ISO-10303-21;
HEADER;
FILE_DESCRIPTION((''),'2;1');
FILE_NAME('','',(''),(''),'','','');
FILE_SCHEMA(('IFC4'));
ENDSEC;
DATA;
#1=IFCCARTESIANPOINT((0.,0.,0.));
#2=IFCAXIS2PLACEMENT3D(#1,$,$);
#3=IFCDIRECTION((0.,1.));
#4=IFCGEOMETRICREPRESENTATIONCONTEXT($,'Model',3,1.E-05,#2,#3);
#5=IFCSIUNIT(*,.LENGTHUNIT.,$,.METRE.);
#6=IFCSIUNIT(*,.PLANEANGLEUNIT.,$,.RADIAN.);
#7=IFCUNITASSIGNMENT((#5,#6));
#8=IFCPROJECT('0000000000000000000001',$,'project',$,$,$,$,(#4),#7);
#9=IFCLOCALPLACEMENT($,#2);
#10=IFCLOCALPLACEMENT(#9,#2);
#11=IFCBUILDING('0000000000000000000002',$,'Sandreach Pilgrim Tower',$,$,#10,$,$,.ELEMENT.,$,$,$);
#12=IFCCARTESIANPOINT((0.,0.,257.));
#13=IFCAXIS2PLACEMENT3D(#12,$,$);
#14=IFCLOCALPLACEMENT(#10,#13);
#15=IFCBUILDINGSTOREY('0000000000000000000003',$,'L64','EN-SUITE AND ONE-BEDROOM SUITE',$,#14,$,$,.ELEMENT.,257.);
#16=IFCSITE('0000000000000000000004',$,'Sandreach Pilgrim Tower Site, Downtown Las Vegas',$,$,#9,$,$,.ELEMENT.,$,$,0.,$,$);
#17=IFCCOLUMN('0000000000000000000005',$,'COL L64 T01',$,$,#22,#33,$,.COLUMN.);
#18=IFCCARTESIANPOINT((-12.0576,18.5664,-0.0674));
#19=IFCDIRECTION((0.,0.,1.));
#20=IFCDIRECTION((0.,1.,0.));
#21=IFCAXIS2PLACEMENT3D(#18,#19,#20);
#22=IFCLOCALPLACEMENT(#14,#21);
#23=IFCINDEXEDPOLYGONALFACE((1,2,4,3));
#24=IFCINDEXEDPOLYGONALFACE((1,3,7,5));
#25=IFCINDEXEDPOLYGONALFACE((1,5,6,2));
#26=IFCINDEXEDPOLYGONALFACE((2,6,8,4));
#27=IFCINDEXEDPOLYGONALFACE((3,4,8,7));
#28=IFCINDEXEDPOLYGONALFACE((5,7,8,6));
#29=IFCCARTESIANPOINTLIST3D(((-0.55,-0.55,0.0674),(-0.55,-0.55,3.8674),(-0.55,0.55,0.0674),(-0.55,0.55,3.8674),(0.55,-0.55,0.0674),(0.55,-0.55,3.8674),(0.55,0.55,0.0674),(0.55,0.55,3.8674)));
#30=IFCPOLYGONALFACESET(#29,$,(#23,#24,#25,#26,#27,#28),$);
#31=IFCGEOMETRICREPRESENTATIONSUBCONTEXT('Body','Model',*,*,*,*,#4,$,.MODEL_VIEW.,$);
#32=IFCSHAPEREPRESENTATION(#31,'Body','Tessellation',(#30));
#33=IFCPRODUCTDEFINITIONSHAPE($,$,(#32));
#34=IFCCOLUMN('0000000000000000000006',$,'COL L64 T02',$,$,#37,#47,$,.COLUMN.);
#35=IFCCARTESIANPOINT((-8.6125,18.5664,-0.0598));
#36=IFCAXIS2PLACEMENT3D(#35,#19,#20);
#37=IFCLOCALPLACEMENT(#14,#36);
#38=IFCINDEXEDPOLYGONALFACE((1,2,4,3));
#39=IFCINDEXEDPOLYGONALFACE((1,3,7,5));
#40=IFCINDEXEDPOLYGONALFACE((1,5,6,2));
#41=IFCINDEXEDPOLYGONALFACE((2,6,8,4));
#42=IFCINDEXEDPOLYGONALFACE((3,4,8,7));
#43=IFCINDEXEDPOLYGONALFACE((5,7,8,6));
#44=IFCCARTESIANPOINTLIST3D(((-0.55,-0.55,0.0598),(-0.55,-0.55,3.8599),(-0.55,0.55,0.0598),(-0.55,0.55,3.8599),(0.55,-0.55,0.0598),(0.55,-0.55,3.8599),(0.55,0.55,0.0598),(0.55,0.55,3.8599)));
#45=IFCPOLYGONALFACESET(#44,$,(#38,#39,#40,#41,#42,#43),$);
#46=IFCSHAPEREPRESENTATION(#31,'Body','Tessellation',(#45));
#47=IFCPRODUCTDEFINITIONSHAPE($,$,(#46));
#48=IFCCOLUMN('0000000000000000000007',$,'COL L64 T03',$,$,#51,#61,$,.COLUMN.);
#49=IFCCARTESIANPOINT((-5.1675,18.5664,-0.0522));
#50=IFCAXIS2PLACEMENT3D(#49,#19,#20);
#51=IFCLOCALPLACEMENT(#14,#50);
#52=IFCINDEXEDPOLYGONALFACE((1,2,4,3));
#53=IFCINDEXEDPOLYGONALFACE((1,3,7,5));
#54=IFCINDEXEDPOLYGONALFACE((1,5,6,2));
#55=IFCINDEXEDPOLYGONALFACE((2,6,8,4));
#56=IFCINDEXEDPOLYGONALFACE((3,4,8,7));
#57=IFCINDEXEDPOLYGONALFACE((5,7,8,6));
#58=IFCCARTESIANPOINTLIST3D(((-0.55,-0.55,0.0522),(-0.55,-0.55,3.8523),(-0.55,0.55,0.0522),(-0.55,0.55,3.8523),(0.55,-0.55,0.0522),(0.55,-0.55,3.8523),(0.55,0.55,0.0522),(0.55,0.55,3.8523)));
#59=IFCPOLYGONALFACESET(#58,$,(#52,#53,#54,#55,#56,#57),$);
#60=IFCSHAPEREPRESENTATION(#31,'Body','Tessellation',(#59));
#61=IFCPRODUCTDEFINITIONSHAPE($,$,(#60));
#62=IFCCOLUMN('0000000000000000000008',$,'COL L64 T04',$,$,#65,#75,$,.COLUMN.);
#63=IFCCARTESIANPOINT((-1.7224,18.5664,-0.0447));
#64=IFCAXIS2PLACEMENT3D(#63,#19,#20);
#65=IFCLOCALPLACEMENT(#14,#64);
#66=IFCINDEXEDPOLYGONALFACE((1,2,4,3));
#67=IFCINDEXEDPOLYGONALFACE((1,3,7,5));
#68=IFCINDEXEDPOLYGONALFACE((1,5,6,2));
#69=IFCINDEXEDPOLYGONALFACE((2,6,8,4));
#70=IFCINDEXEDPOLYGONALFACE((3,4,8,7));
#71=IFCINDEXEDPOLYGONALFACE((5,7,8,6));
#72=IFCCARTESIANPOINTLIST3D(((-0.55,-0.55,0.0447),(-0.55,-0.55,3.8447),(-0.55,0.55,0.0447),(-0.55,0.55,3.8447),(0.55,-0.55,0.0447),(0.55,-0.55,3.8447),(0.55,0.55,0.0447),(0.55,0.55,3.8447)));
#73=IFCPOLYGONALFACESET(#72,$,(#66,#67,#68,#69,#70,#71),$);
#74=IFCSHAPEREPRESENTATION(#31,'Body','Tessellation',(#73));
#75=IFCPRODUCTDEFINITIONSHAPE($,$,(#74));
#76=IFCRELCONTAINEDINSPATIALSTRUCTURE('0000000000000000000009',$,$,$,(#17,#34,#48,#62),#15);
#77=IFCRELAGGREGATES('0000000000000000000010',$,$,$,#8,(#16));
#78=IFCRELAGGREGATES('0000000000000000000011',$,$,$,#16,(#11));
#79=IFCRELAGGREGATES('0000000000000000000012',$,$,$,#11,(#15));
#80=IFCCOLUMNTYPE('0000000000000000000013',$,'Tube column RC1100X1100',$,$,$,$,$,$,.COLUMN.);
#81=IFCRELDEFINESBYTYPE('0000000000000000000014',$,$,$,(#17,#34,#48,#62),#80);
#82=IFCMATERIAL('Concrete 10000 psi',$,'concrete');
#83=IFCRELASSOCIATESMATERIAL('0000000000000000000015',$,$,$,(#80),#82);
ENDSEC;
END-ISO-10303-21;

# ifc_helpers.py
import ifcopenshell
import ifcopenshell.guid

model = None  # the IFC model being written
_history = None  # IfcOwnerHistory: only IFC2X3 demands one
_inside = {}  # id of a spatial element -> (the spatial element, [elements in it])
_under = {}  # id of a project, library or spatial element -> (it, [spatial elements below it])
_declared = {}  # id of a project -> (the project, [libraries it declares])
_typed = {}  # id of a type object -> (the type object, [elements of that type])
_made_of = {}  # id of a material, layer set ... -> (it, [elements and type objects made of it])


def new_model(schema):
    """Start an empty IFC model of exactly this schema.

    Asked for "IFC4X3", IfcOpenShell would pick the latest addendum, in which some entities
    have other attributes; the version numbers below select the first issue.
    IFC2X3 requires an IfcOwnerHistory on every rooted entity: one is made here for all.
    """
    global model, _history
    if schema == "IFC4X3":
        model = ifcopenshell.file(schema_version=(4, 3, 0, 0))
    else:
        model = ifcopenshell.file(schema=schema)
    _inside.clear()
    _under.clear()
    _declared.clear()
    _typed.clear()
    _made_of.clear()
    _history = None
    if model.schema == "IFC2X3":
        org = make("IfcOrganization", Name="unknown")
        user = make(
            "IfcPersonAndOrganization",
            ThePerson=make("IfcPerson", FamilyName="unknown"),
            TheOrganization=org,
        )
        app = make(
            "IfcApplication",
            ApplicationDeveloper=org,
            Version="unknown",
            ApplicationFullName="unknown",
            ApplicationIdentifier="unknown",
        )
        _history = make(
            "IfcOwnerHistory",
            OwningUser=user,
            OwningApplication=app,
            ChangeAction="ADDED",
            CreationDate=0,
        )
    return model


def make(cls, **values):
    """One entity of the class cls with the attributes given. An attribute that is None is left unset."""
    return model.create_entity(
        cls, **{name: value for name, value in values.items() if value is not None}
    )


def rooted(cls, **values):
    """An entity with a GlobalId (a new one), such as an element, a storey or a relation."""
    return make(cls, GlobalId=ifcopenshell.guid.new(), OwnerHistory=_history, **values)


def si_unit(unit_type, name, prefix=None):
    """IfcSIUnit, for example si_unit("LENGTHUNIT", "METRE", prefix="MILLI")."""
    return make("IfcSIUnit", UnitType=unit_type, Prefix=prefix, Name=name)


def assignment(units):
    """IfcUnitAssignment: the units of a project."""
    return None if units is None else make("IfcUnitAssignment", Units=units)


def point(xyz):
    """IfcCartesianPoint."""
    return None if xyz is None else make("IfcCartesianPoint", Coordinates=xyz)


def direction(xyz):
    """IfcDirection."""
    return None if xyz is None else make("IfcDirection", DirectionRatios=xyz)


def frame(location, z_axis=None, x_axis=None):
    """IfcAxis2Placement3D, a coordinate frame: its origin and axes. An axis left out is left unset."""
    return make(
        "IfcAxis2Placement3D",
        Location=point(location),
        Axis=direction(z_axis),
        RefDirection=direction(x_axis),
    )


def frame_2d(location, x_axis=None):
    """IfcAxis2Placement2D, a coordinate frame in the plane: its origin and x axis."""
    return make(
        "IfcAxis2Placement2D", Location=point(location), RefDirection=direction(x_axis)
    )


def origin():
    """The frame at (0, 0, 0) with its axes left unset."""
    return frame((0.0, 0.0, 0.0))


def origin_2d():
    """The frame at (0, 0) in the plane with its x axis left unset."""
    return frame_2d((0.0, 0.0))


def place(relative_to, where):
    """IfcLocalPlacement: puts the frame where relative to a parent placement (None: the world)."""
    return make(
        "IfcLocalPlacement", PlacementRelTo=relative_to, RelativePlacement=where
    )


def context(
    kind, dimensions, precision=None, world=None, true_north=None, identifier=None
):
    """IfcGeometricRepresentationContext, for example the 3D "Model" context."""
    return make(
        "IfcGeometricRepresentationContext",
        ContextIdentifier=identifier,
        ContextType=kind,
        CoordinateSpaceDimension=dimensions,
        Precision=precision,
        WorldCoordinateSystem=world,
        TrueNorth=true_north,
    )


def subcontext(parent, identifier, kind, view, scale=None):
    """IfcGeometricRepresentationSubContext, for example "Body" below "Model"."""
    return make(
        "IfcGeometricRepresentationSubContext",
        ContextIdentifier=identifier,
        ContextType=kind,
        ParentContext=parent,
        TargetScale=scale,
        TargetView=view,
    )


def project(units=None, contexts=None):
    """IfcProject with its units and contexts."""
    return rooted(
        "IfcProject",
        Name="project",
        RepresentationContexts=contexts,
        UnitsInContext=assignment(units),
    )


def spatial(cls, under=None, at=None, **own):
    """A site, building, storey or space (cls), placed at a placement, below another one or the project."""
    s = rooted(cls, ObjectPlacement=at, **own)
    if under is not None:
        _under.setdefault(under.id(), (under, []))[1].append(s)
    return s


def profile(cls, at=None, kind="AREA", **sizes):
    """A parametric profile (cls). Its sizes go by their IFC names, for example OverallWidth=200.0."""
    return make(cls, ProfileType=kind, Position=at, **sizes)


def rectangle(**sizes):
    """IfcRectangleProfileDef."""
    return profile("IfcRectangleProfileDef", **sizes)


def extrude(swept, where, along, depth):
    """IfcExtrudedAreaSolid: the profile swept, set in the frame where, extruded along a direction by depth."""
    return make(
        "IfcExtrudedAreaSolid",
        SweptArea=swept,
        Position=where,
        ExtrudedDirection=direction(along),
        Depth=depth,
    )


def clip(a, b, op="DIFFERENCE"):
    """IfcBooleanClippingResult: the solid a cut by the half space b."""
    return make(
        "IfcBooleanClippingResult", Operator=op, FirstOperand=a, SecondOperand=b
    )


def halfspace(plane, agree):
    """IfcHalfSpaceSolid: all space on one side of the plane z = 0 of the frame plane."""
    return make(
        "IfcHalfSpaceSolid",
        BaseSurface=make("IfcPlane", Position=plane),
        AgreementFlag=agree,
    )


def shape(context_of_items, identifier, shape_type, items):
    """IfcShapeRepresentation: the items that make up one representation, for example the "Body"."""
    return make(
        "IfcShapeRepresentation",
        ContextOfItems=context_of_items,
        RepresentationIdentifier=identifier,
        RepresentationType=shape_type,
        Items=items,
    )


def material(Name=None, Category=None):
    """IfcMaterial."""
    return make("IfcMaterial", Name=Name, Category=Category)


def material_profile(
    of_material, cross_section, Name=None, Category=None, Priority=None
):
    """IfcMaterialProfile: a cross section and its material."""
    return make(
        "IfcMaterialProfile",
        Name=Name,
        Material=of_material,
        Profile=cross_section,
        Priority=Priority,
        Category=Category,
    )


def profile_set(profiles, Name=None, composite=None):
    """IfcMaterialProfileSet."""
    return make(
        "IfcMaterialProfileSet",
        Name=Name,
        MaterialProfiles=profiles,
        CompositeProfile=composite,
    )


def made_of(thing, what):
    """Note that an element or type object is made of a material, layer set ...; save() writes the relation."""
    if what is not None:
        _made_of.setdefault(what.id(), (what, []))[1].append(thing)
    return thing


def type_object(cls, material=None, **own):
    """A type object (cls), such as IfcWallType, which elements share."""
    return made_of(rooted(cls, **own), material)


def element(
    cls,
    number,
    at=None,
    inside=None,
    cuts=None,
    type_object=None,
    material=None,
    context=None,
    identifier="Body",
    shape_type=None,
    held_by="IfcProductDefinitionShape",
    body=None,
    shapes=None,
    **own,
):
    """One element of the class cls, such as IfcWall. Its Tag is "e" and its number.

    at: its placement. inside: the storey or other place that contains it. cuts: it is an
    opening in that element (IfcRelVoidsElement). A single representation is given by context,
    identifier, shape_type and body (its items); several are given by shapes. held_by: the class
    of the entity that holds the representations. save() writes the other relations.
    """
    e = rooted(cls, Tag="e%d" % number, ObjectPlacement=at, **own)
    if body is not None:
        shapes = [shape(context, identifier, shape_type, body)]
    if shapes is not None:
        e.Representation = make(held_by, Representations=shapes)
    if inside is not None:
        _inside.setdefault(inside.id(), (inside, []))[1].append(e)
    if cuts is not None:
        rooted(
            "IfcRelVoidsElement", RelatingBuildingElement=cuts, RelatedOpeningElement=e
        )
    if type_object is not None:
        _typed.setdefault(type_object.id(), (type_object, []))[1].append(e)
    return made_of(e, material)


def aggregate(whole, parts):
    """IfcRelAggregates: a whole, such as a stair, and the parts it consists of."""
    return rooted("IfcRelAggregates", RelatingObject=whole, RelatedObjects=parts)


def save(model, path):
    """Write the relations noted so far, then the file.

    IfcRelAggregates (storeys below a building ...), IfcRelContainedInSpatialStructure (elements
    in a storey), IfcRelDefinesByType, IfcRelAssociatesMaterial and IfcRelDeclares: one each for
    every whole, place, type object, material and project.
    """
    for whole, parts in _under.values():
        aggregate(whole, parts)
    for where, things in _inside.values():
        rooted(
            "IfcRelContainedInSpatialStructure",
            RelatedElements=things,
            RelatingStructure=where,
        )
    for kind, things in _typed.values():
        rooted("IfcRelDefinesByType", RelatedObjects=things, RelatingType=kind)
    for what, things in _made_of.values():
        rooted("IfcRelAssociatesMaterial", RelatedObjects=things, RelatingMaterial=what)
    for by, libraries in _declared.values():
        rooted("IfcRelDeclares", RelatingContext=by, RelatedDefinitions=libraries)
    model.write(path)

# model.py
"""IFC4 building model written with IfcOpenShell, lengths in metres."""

from ifc_helpers import new_model, si_unit, direction, frame, origin, origin_2d, place, context, subcontext, project, spatial, rectangle, extrude, clip, halfspace, material, material_profile, profile_set, type_object, element, save


model = new_model("IFC4")

# Units and contexts
model_context = context("Model", 3, precision=1e-05, world=origin(), true_north=direction((0.0, 1.0)))
body_context = subcontext(model_context, "Body", "Model", "MODEL_VIEW")
ifc_project = project(units=[si_unit("LENGTHUNIT", "METRE"), si_unit("PLANEANGLEUNIT", "RADIAN")], contexts=[model_context])

# Site, building, storey
site_placement = place(None, origin())
site = spatial("IfcSite", under=ifc_project, at=site_placement, Name="Sandreach Pilgrim Tower Site, Downtown Las Vegas", CompositionType="ELEMENT", RefElevation=0.0)
building_placement = place(site_placement, origin())
building = spatial("IfcBuilding", under=site, at=building_placement, Name="Sandreach Pilgrim Tower", CompositionType="ELEMENT")
storey_placement = place(building_placement, frame((0.0, 0.0, 257.0)))
storey = spatial("IfcBuildingStorey", under=building, at=storey_placement, Name="L64", Description="EN-SUITE AND ONE-BEDROOM SUITE", CompositionType="ELEMENT", Elevation=257.0)

# Columns
ifc_material_1 = material(Name="Concrete 10000 psi", Category="concrete")
ifc_material_profile_1 = material_profile(ifc_material_1, rectangle(XDim=1.1001, YDim=1.1001, at=origin_2d()), Name="RC1100X1100")
ifc_profile_set_1 = profile_set([ifc_material_profile_1], Name="Concrete 10000 psi")
column_type = type_object("IfcColumnType", Name="Tube column RC1100X1100", PredefinedType="COLUMN", material=ifc_profile_set_1)
column_1_placement = place(storey_placement, frame((-12.0576, 18.5664, -0.0674), z_axis=(0.0, 0.0, 1.0), x_axis=(0.0, 1.0, 0.0)))
element("IfcColumn", 1, at=column_1_placement, inside=storey, type_object=column_type, Name="COL L64 T01", PredefinedType="COLUMN", context=body_context, shape_type="SweptSolid", body=[
    clip(extrude(rectangle(XDim=1.1001, YDim=1.1001, at=origin_2d()), origin(), (0.0, 0.0, 1.0), 3.8674), halfspace(frame((0.0, 0.0, 0.0674)), True)),
])
column_2_placement = place(storey_placement, frame((-8.6125, 18.5664, -0.0598), z_axis=(0.0, 0.0, 1.0), x_axis=(0.0, 1.0, 0.0)))
element("IfcColumn", 2, at=column_2_placement, inside=storey, type_object=column_type, Name="COL L64 T02", PredefinedType="COLUMN", context=body_context, shape_type="SweptSolid", body=[
    clip(extrude(rectangle(XDim=1.1001, YDim=1.1001, at=origin_2d()), origin(), (0.0, 0.0, 1.0), 3.8599), halfspace(frame((0.0, 0.0, 0.0598)), True)),
])
column_3_placement = place(storey_placement, frame((-5.1675, 18.5664, -0.0522), z_axis=(0.0, 0.0, 1.0), x_axis=(0.0, 1.0, 0.0)))
element("IfcColumn", 3, at=column_3_placement, inside=storey, type_object=column_type, Name="COL L64 T03", PredefinedType="COLUMN", context=body_context, shape_type="SweptSolid", body=[
    clip(extrude(rectangle(XDim=1.1001, YDim=1.1001, at=origin_2d()), origin(), (0.0, 0.0, 1.0), 3.8523), halfspace(frame((0.0, 0.0, 0.0522)), True)),
])
column_4_placement = place(storey_placement, frame((-1.7224, 18.5664, -0.0447), z_axis=(0.0, 0.0, 1.0), x_axis=(0.0, 1.0, 0.0)))
element("IfcColumn", 4, at=column_4_placement, inside=storey, type_object=column_type, Name="COL L64 T04", PredefinedType="COLUMN", context=body_context, shape_type="SweptSolid", body=[
    clip(extrude(rectangle(XDim=1.1001, YDim=1.1001, at=origin_2d()), origin(), (0.0, 0.0, 1.0), 3.8447), halfspace(frame((0.0, 0.0, 0.0447)), True)),
])

save(model, "model.ifc")
